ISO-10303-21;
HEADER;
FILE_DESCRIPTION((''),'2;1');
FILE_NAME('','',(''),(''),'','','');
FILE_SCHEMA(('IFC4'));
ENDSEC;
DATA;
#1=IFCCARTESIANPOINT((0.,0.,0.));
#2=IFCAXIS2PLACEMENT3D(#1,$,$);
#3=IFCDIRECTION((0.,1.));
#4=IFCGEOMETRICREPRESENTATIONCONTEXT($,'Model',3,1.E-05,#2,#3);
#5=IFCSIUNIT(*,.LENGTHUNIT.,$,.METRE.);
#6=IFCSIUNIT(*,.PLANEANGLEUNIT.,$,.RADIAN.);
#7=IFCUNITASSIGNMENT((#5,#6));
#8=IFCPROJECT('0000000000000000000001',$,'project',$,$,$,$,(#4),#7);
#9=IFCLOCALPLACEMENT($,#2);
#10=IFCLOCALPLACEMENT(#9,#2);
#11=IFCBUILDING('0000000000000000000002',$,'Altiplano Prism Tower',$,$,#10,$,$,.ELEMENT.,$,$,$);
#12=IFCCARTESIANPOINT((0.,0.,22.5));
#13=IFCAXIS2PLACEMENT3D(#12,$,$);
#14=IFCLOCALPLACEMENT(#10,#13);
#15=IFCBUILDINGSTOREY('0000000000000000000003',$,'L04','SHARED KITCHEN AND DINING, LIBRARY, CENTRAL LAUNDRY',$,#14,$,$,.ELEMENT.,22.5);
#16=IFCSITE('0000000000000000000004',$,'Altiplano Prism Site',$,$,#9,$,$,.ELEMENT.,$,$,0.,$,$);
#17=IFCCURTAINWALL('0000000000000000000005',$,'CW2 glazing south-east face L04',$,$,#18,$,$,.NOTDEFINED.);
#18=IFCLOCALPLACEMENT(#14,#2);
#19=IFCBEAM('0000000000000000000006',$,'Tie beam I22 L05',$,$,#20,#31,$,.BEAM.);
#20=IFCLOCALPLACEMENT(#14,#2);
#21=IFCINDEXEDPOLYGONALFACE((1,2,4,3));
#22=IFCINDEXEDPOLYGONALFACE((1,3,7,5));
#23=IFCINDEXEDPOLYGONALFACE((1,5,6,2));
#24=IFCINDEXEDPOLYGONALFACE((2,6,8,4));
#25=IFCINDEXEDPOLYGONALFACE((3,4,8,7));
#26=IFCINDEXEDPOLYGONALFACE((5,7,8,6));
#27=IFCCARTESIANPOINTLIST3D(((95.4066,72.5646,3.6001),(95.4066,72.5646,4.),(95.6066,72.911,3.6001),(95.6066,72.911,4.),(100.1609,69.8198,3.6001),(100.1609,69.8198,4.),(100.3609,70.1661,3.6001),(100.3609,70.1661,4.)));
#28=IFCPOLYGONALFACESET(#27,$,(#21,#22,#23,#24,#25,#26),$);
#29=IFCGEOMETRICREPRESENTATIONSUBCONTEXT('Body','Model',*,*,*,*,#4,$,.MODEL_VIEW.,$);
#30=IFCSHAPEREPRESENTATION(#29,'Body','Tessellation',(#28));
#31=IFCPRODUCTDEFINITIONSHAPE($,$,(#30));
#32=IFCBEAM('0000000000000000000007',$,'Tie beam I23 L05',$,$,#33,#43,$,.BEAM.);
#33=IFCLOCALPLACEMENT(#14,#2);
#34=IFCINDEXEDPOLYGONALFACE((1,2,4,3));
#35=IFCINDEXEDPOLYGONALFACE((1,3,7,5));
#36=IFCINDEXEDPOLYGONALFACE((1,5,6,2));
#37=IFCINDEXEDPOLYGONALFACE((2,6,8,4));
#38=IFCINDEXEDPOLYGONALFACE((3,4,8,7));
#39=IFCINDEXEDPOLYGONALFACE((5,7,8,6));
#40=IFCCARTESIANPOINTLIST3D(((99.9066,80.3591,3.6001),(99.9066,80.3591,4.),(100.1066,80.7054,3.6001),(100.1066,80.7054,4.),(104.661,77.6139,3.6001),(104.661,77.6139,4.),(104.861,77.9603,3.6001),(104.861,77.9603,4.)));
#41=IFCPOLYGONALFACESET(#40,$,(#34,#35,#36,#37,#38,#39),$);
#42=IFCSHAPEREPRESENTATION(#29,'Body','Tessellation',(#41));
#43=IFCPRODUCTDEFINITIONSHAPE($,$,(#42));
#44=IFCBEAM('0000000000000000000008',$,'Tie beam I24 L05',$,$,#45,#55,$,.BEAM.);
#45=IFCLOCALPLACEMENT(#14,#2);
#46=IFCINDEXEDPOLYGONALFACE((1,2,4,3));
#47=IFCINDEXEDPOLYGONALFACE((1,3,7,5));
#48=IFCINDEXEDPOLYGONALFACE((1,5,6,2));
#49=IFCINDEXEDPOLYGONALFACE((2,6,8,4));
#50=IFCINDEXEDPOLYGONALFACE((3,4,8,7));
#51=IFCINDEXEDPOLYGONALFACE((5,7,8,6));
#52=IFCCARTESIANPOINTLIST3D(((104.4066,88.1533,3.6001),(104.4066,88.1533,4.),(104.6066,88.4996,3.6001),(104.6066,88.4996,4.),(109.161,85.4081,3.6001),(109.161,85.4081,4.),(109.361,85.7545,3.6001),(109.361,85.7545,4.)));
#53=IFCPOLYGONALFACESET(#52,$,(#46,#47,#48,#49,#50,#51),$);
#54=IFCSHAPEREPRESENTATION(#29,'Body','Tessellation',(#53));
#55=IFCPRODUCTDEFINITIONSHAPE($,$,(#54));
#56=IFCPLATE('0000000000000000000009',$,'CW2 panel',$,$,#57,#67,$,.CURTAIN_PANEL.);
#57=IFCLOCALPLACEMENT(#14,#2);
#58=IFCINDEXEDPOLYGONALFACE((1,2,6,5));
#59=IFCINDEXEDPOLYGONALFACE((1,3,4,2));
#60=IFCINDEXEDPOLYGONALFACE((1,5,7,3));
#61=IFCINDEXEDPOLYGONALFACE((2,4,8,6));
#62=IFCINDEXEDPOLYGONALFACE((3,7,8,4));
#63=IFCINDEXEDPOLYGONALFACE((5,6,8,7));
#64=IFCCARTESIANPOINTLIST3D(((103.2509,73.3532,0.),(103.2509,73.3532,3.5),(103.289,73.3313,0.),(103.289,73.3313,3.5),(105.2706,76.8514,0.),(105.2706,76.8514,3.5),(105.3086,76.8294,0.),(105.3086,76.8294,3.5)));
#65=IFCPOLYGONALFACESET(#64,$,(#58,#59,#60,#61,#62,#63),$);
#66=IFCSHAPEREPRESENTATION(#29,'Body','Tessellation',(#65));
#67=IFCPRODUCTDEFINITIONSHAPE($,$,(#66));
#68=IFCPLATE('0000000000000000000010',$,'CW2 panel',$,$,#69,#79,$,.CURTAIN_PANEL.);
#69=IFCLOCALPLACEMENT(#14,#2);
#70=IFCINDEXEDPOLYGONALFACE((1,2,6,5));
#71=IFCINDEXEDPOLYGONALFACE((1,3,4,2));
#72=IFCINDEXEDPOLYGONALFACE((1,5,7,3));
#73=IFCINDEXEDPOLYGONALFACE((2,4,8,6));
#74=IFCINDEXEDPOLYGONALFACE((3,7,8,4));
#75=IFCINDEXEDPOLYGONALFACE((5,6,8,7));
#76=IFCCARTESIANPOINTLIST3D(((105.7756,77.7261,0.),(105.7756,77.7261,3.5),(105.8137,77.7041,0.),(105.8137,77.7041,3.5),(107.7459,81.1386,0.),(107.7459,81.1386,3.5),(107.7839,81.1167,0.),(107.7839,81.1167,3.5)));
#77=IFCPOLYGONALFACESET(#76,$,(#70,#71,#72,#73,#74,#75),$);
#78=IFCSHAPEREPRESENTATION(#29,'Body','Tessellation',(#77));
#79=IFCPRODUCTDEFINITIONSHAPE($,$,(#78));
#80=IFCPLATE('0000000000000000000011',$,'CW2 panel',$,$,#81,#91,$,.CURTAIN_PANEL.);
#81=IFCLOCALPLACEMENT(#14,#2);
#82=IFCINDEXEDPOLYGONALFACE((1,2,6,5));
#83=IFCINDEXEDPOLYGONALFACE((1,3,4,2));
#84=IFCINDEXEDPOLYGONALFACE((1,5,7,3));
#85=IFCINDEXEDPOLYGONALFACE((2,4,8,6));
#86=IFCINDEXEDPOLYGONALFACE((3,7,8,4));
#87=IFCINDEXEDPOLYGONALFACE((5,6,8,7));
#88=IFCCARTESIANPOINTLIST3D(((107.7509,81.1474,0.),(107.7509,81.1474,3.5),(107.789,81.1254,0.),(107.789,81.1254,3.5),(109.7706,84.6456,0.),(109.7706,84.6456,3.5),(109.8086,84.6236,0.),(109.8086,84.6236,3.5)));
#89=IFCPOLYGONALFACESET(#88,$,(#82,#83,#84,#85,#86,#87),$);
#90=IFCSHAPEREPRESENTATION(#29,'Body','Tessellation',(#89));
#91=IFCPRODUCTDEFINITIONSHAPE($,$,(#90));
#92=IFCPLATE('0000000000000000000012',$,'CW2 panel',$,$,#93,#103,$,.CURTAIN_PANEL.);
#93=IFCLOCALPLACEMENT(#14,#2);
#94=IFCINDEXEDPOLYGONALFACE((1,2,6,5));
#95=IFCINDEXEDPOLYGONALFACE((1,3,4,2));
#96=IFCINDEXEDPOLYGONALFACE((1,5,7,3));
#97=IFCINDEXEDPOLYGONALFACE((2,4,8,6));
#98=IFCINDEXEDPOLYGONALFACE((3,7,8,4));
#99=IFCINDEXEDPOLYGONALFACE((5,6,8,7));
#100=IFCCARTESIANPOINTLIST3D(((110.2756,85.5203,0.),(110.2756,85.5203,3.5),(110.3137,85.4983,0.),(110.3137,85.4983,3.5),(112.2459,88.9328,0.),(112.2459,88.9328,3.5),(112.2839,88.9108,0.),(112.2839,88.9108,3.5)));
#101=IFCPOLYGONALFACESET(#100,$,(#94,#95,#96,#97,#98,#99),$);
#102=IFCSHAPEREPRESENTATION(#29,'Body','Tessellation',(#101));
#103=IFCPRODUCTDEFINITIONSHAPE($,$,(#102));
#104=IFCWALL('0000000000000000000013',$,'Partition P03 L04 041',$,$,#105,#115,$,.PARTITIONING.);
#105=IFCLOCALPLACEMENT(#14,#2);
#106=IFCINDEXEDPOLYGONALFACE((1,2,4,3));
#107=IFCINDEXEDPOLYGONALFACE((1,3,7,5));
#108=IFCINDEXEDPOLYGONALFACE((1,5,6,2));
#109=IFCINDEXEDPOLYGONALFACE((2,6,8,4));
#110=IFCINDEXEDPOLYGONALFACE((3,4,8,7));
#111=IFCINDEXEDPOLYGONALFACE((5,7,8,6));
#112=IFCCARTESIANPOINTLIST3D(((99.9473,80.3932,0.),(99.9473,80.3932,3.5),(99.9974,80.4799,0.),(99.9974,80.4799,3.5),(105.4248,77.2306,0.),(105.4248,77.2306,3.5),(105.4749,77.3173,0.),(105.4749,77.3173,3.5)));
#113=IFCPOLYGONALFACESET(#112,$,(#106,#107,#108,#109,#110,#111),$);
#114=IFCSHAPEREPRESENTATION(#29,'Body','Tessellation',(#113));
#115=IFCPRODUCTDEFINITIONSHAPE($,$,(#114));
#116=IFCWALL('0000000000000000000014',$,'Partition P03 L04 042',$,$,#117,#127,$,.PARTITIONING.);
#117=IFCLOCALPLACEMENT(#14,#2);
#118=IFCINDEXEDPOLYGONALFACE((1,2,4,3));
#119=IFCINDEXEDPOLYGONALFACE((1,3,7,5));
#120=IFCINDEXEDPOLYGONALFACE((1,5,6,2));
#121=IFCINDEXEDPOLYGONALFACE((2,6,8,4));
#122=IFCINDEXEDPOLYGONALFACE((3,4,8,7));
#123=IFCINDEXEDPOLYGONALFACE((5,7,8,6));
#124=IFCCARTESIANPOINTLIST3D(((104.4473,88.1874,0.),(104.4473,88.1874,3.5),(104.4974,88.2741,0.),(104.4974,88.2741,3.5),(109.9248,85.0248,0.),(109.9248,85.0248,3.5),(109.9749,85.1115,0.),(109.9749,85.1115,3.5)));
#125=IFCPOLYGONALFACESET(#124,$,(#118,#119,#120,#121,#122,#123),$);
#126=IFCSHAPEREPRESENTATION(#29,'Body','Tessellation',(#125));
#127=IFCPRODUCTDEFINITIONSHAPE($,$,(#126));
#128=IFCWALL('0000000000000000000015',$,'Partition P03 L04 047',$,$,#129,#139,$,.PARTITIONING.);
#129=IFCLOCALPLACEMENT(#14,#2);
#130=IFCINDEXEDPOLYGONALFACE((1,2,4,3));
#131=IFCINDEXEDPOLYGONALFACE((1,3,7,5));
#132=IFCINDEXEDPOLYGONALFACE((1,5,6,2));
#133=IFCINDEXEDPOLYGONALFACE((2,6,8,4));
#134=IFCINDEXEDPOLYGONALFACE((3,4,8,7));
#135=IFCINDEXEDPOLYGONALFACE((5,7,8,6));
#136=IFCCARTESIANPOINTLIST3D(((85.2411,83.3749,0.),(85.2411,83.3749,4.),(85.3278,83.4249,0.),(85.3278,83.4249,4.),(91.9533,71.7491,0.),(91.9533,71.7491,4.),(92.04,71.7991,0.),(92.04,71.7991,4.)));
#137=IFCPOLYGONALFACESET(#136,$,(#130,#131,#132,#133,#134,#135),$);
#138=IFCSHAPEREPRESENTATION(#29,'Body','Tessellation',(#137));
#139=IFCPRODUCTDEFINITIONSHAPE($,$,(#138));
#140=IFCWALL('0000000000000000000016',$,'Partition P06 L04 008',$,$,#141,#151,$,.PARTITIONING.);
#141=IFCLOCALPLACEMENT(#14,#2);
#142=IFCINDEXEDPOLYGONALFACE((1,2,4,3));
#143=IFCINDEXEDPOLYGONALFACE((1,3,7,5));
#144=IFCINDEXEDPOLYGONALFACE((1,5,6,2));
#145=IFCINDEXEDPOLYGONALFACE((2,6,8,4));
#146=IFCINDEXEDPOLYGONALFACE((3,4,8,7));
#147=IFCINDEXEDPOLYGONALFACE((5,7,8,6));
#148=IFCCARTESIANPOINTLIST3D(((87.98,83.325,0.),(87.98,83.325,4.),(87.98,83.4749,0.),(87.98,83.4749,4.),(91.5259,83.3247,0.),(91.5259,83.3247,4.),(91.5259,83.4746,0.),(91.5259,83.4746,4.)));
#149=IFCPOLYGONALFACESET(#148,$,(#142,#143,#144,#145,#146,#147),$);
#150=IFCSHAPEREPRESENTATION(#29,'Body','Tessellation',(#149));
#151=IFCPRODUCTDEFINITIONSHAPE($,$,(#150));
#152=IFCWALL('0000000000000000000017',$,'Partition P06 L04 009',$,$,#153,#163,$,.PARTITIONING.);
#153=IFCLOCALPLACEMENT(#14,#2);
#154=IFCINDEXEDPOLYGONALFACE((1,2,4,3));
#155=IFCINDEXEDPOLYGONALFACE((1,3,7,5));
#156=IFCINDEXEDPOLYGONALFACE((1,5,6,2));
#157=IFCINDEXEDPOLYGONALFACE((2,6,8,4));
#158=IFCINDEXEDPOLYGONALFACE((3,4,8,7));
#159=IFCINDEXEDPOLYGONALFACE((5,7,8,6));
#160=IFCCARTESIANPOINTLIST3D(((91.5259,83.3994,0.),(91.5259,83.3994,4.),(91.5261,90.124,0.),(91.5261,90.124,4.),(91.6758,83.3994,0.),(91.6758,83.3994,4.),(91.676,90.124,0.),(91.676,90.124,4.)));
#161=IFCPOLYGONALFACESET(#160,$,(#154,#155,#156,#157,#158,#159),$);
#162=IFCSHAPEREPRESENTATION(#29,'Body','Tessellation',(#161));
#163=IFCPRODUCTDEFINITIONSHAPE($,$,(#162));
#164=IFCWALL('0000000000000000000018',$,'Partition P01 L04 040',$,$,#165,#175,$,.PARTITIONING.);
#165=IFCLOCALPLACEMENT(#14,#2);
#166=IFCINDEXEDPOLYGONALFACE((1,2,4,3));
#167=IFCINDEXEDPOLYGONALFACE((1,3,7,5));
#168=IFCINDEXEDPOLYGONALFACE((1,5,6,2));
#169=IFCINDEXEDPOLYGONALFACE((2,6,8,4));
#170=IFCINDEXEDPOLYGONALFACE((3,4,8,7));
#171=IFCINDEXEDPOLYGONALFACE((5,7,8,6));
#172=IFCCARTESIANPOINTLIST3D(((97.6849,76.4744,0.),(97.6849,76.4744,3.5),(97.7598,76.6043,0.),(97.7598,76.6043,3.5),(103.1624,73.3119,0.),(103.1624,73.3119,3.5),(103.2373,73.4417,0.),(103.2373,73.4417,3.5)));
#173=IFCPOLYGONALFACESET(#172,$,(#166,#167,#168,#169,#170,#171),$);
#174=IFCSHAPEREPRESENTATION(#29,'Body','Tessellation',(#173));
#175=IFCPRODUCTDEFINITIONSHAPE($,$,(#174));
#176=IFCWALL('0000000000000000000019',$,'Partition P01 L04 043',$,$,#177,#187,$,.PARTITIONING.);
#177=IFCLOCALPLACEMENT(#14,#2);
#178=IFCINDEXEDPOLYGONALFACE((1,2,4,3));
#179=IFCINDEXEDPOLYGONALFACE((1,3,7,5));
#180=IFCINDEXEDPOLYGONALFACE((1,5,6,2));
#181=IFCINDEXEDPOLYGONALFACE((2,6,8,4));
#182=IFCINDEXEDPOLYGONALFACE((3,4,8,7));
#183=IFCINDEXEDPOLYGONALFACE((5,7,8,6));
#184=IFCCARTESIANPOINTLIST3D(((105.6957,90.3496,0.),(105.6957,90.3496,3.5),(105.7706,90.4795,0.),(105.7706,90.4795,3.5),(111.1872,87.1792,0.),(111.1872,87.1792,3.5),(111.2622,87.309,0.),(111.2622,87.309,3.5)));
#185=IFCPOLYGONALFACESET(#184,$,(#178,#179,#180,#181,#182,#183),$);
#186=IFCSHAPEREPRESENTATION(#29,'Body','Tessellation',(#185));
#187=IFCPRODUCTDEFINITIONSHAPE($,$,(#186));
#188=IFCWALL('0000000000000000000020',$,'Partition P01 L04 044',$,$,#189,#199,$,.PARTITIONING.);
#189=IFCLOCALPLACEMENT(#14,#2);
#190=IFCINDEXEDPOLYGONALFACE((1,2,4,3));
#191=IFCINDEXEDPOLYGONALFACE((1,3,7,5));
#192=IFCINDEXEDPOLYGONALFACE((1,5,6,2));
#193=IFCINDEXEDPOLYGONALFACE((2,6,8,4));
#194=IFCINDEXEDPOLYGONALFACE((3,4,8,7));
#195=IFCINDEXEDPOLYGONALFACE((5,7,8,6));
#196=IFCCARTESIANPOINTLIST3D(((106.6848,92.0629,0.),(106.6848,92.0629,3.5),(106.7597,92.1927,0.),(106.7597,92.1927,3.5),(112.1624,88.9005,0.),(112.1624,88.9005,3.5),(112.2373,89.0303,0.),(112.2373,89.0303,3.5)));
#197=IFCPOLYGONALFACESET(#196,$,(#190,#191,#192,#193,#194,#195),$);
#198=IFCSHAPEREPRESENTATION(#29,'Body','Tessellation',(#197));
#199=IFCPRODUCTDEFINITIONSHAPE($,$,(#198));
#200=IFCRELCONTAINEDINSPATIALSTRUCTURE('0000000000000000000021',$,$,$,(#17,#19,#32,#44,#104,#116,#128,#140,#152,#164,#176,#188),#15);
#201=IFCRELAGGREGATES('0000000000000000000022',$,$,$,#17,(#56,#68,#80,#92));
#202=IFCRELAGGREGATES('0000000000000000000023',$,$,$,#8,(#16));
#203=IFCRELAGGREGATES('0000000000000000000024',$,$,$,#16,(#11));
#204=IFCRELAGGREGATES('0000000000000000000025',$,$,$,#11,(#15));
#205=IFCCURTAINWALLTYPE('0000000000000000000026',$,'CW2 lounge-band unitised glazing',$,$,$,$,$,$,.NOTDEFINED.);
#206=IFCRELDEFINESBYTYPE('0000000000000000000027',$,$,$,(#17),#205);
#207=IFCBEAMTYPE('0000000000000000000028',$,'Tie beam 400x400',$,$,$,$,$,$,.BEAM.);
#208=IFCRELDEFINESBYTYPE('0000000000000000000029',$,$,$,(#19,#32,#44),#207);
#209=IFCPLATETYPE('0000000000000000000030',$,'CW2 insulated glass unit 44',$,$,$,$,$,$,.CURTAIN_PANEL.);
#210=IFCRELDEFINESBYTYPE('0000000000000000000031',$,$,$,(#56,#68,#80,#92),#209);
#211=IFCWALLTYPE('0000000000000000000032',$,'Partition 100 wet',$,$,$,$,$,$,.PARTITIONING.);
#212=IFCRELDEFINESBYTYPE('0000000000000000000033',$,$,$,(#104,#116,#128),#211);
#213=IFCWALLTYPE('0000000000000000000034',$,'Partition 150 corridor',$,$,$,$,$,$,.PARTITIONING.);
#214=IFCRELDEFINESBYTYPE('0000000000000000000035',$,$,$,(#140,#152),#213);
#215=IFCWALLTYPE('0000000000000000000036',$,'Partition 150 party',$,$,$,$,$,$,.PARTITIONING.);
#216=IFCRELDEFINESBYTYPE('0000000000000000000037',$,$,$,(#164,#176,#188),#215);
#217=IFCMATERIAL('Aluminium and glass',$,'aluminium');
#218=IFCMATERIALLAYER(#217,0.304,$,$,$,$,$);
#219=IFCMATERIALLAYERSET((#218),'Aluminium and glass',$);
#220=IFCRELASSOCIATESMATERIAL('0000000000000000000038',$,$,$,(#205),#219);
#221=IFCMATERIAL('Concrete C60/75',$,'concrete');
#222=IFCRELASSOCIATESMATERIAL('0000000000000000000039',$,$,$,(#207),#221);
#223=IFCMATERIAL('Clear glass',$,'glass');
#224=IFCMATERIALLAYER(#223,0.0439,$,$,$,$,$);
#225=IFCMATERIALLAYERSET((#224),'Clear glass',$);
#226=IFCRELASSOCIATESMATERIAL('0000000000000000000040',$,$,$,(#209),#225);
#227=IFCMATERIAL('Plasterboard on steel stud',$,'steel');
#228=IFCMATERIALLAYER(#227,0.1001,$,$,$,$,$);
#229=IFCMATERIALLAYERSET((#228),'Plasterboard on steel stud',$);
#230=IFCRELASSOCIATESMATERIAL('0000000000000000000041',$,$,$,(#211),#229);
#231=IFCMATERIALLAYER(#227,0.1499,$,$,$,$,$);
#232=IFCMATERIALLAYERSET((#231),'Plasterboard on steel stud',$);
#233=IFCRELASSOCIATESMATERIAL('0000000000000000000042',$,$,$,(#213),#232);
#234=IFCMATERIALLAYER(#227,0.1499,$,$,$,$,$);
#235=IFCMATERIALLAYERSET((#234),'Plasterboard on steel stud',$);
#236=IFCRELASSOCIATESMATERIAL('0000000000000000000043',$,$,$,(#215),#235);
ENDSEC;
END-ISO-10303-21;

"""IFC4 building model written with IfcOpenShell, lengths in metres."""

from ifc_helpers import new_model, si_unit, direction, frame, frame_2d, origin, origin_2d, place, context, subcontext, project, spatial, rectangle, extrude, material, layer, layer_set, material_profile, profile_set, type_object, element, aggregate, save


model = new_model("IFC4")

# Units and contexts
model_context = context("Model", 3, precision=1e-05, world=origin(), true_north=direction((0.0, 1.0)))
body_context = subcontext(model_context, "Body", "Model", "MODEL_VIEW")
ifc_project = project(units=[si_unit("LENGTHUNIT", "METRE"), si_unit("PLANEANGLEUNIT", "RADIAN")], contexts=[model_context])

# Site, building, storey
site_placement = place(None, origin())
site = spatial("IfcSite", under=ifc_project, at=site_placement, Name="Altiplano Prism Site", CompositionType="ELEMENT", RefElevation=0.0)
building_placement = place(site_placement, origin())
building = spatial("IfcBuilding", under=site, at=building_placement, Name="Altiplano Prism Tower", CompositionType="ELEMENT")
storey_placement = place(building_placement, frame((0.0, 0.0, 22.5)))
storey = spatial("IfcBuildingStorey", under=building, at=storey_placement, Name="L04", Description="SHARED KITCHEN AND DINING, LIBRARY, CENTRAL LAUNDRY", CompositionType="ELEMENT", Elevation=22.5)

# Shared definitions
ifc_material_1 = material(Name="Concrete C60/75", Category="concrete")

# Curtain wall
ifc_material_2 = material(Name="Aluminium and glass", Category="aluminium")
ifc_layer_1 = layer(ifc_material_2, 0.304)
ifc_layer_set_1 = layer_set([ifc_layer_1], Name="Aluminium and glass")
curtain_wall_type = type_object("IfcCurtainWallType", Name="CW2 lounge-band unitised glazing", PredefinedType="NOTDEFINED", material=ifc_layer_set_1)
curtain_wall_placement = place(storey_placement, origin())
curtain_wall = element("IfcCurtainWall", 1, at=curtain_wall_placement, inside=storey, type_object=curtain_wall_type, Name="CW2 glazing south-east face L04", PredefinedType="NOTDEFINED")

# Beams
ifc_material_profile_1 = material_profile(ifc_material_1, rectangle(XDim=0.3999, YDim=0.3999, at=origin_2d()), Name="Tie beam 400x400")
ifc_profile_set_1 = profile_set([ifc_material_profile_1], Name="Concrete C60/75")
beam_type_1 = type_object("IfcBeamType", Name="Tie beam 400x400", PredefinedType="BEAM", material=ifc_profile_set_1)
beam_1_placement = place(storey_placement, frame((95.5066, 72.7378, 3.8), z_axis=(0.866032, -0.499989, 0.0), x_axis=(0.499989, 0.866032, 0.0)))
element("IfcBeam", 2, at=beam_1_placement, inside=storey, type_object=beam_type_1, Name="Tie beam I22 L05", PredefinedType="BEAM", context=body_context, shape_type="SweptSolid", body=[
    extrude(rectangle(XDim=0.3999, YDim=0.3999, at=origin_2d()), origin(), (0.0, 0.0, 1.0), 5.4897),
])
for number, where, z_axis, x_axis, name in (
    (3, (100.0066, 80.5322, 3.8), (0.866012, -0.500023, 0.0), (0.500023, 0.866012, 0.0), "Tie beam I23 L05"),
    (4, (104.5066, 88.3264, 3.8), (0.866012, -0.500023, 0.0), (0.500023, 0.866012, 0.0), "Tie beam I24 L05"),
):
    element("IfcBeam", number, at=place(storey_placement, frame(where, z_axis=z_axis, x_axis=x_axis)), inside=storey, type_object=beam_type_1, Name=name, PredefinedType="BEAM", context=body_context, shape_type="SweptSolid", body=[
        extrude(rectangle(XDim=0.3999, YDim=0.3999, at=origin_2d()), origin(), (0.0, 0.0, 1.0), 5.49),
    ])

# Plates
ifc_material_3 = material(Name="Clear glass", Category="glass")
ifc_layer_2 = layer(ifc_material_3, 0.0439)
ifc_layer_set_2 = layer_set([ifc_layer_2], Name="Clear glass")
plate_type = type_object("IfcPlateType", Name="CW2 insulated glass unit 44", PredefinedType="CURTAIN_PANEL", material=ifc_layer_set_2)
plate_1_placement = place(storey_placement, frame((104.2798, 75.0913, 0.0), z_axis=(0.0, 0.0, 1.0), x_axis=(0.5, 0.866025, 0.0)))
plate_1 = element("IfcPlate", 5, at=plate_1_placement, type_object=plate_type, Name="CW2 panel", PredefinedType="CURTAIN_PANEL", context=body_context, shape_type="SweptSolid", body=[
    extrude(rectangle(XDim=4.0393, YDim=0.0439, at=origin_2d()), origin(), (0.0, 0.0, 1.0), 3.5),
])
plate_2_placement = place(storey_placement, frame((106.7798, 79.4214, 0.0), z_axis=(0.0, 0.0, 1.0), x_axis=(0.5, 0.866025, 0.0)))
plate_2 = element("IfcPlate", 6, at=plate_2_placement, type_object=plate_type, Name="CW2 panel", PredefinedType="CURTAIN_PANEL", context=body_context, shape_type="SweptSolid", body=[
    extrude(rectangle(XDim=3.9404, YDim=0.0439, at=origin_2d()), origin(), (0.0, 0.0, 1.0), 3.5),
])
plate_3_placement = place(storey_placement, frame((108.7798, 82.8855, 0.0), z_axis=(0.0, 0.0, 1.0), x_axis=(0.5, 0.866025, 0.0)))
plate_3 = element("IfcPlate", 7, at=plate_3_placement, type_object=plate_type, Name="CW2 panel", PredefinedType="CURTAIN_PANEL", context=body_context, shape_type="SweptSolid", body=[
    extrude(rectangle(XDim=4.0393, YDim=0.0439, at=origin_2d()), origin(), (0.0, 0.0, 1.0), 3.5),
])
plate_4_placement = place(storey_placement, frame((111.2798, 87.2156, 0.0), z_axis=(0.0, 0.0, 1.0), x_axis=(0.5, 0.866025, 0.0)))
plate_4 = element("IfcPlate", 8, at=plate_4_placement, type_object=plate_type, Name="CW2 panel", PredefinedType="CURTAIN_PANEL", context=body_context, shape_type="SweptSolid", body=[
    extrude(rectangle(XDim=3.9404, YDim=0.0439, at=origin_2d()), origin(), (0.0, 0.0, 1.0), 3.5),
])
aggregate(curtain_wall, [plate_1, plate_2, plate_3, plate_4])

# Walls
ifc_material_4 = material(Name="Plasterboard on steel stud", Category="steel")
ifc_layer_3 = layer(ifc_material_4, 0.1001)
ifc_layer_set_3 = layer_set([ifc_layer_3], Name="Plasterboard on steel stud")
wall_type_1 = type_object("IfcWallType", Name="Partition 100 wet", PredefinedType="PARTITIONING", material=ifc_layer_set_3)
for number, where, z_axis, x_axis, name in (
    (9, (105.45, 77.2739, 0.0), (0.0, 0.0, 1.0), (-0.866016, 0.500016, 0.0), "Partition P03 L04 041"),
    (10, (109.95, 85.0681, 0.0), (0.0, 0.0, 1.0), (-0.866016, 0.500016, 0.0), "Partition P03 L04 042"),
):
    element("IfcWall", number, at=place(storey_placement, frame(where, z_axis=z_axis, x_axis=x_axis)), inside=storey, type_object=wall_type_1, Name=name, PredefinedType="PARTITIONING", context=body_context, shape_type="SweptSolid", body=[
        extrude(rectangle(XDim=6.325, YDim=0.1001, at=frame_2d((3.1626, 0.0))), origin(), (0.0, 0.0, 1.0), 3.5),
    ])
wall_1_placement = place(storey_placement, frame((85.2844, 83.3999, 0.0), z_axis=(0.0, 0.0, 1.0), x_axis=(0.500002, -0.866024, 0.0)))
element("IfcWall", 11, at=wall_1_placement, inside=storey, type_object=wall_type_1, Name="Partition P03 L04 047", PredefinedType="PARTITIONING", context=body_context, shape_type="SweptSolid", body=[
    extrude(rectangle(XDim=13.4243, YDim=0.1001, at=frame_2d((6.7122, 0.0))), origin(), (0.0, 0.0, 1.0), 4.0),
])
ifc_layer_4 = layer(ifc_material_4, 0.1499)
ifc_layer_set_4 = layer_set([ifc_layer_4], Name="Plasterboard on steel stud")
wall_type_2 = type_object("IfcWallType", Name="Partition 150 corridor", PredefinedType="PARTITIONING", material=ifc_layer_set_4)
wall_2_placement = place(storey_placement, frame((87.98, 83.3999, 0.0), z_axis=(0.0, 0.0, 1.0), x_axis=(1.0, -0.000069, 0.0)))
element("IfcWall", 12, at=wall_2_placement, inside=storey, type_object=wall_type_2, Name="Partition P06 L04 008", PredefinedType="PARTITIONING", context=body_context, shape_type="SweptSolid", body=[
    extrude(rectangle(XDim=3.5459, YDim=0.1499, at=frame_2d((1.7729, 0.0))), origin(), (0.0, 0.0, 1.0), 4.0),
])
wall_3_placement = place(storey_placement, frame((91.6008, 83.3994, 0.0), z_axis=(0.0, 0.0, 1.0), x_axis=(0.000036, 1.0, 0.0)))
element("IfcWall", 13, at=wall_3_placement, inside=storey, type_object=wall_type_2, Name="Partition P06 L04 009", PredefinedType="PARTITIONING", context=body_context, shape_type="SweptSolid", body=[
    extrude(rectangle(XDim=6.7246, YDim=0.1499, at=frame_2d((3.3623, 0.0))), origin(), (0.0, 0.0, 1.0), 4.0),
])
ifc_layer_5 = layer(ifc_material_4, 0.1499)
ifc_layer_set_5 = layer_set([ifc_layer_5], Name="Plasterboard on steel stud")
wall_type_3 = type_object("IfcWallType", Name="Partition 150 party", PredefinedType="PARTITIONING", material=ifc_layer_set_5)
wall_4_placement = place(storey_placement, frame((103.2, 73.3767, 0.0), z_axis=(0.0, 0.0, 1.0), x_axis=(-0.866016, 0.500016, 0.0)))
element("IfcWall", 14, at=wall_4_placement, inside=storey, type_object=wall_type_3, Name="Partition P01 L04 040", PredefinedType="PARTITIONING", context=body_context, shape_type="SweptSolid", body=[
    extrude(rectangle(XDim=6.325, YDim=0.1499, at=frame_2d((3.1626, 0.0))), origin(), (0.0, 0.0, 1.0), 3.5),
])
wall_5_placement = place(storey_placement, frame((111.2246, 87.2441, 0.0), z_axis=(0.0, 0.0, 1.0), x_axis=(-0.866031, 0.49999, 0.0)))
element("IfcWall", 15, at=wall_5_placement, inside=storey, type_object=wall_type_3, Name="Partition P01 L04 043", PredefinedType="PARTITIONING", context=body_context, shape_type="SweptSolid", body=[
    extrude(rectangle(XDim=6.3411, YDim=0.1499, at=frame_2d((3.1704, 0.0))), origin(), (0.0, 0.0, 1.0), 3.5),
])
wall_6_placement = place(storey_placement, frame((112.2, 88.9653, 0.0), z_axis=(0.0, 0.0, 1.0), x_axis=(-0.866033, 0.499988, 0.0)))
element("IfcWall", 16, at=wall_6_placement, inside=storey, type_object=wall_type_3, Name="Partition P01 L04 044", PredefinedType="PARTITIONING", context=body_context, shape_type="SweptSolid", body=[
    extrude(rectangle(XDim=6.325, YDim=0.1499, at=frame_2d((3.1626, 0.0))), origin(), (0.0, 0.0, 1.0), 3.5),
])

save(model, "model.ifc")
